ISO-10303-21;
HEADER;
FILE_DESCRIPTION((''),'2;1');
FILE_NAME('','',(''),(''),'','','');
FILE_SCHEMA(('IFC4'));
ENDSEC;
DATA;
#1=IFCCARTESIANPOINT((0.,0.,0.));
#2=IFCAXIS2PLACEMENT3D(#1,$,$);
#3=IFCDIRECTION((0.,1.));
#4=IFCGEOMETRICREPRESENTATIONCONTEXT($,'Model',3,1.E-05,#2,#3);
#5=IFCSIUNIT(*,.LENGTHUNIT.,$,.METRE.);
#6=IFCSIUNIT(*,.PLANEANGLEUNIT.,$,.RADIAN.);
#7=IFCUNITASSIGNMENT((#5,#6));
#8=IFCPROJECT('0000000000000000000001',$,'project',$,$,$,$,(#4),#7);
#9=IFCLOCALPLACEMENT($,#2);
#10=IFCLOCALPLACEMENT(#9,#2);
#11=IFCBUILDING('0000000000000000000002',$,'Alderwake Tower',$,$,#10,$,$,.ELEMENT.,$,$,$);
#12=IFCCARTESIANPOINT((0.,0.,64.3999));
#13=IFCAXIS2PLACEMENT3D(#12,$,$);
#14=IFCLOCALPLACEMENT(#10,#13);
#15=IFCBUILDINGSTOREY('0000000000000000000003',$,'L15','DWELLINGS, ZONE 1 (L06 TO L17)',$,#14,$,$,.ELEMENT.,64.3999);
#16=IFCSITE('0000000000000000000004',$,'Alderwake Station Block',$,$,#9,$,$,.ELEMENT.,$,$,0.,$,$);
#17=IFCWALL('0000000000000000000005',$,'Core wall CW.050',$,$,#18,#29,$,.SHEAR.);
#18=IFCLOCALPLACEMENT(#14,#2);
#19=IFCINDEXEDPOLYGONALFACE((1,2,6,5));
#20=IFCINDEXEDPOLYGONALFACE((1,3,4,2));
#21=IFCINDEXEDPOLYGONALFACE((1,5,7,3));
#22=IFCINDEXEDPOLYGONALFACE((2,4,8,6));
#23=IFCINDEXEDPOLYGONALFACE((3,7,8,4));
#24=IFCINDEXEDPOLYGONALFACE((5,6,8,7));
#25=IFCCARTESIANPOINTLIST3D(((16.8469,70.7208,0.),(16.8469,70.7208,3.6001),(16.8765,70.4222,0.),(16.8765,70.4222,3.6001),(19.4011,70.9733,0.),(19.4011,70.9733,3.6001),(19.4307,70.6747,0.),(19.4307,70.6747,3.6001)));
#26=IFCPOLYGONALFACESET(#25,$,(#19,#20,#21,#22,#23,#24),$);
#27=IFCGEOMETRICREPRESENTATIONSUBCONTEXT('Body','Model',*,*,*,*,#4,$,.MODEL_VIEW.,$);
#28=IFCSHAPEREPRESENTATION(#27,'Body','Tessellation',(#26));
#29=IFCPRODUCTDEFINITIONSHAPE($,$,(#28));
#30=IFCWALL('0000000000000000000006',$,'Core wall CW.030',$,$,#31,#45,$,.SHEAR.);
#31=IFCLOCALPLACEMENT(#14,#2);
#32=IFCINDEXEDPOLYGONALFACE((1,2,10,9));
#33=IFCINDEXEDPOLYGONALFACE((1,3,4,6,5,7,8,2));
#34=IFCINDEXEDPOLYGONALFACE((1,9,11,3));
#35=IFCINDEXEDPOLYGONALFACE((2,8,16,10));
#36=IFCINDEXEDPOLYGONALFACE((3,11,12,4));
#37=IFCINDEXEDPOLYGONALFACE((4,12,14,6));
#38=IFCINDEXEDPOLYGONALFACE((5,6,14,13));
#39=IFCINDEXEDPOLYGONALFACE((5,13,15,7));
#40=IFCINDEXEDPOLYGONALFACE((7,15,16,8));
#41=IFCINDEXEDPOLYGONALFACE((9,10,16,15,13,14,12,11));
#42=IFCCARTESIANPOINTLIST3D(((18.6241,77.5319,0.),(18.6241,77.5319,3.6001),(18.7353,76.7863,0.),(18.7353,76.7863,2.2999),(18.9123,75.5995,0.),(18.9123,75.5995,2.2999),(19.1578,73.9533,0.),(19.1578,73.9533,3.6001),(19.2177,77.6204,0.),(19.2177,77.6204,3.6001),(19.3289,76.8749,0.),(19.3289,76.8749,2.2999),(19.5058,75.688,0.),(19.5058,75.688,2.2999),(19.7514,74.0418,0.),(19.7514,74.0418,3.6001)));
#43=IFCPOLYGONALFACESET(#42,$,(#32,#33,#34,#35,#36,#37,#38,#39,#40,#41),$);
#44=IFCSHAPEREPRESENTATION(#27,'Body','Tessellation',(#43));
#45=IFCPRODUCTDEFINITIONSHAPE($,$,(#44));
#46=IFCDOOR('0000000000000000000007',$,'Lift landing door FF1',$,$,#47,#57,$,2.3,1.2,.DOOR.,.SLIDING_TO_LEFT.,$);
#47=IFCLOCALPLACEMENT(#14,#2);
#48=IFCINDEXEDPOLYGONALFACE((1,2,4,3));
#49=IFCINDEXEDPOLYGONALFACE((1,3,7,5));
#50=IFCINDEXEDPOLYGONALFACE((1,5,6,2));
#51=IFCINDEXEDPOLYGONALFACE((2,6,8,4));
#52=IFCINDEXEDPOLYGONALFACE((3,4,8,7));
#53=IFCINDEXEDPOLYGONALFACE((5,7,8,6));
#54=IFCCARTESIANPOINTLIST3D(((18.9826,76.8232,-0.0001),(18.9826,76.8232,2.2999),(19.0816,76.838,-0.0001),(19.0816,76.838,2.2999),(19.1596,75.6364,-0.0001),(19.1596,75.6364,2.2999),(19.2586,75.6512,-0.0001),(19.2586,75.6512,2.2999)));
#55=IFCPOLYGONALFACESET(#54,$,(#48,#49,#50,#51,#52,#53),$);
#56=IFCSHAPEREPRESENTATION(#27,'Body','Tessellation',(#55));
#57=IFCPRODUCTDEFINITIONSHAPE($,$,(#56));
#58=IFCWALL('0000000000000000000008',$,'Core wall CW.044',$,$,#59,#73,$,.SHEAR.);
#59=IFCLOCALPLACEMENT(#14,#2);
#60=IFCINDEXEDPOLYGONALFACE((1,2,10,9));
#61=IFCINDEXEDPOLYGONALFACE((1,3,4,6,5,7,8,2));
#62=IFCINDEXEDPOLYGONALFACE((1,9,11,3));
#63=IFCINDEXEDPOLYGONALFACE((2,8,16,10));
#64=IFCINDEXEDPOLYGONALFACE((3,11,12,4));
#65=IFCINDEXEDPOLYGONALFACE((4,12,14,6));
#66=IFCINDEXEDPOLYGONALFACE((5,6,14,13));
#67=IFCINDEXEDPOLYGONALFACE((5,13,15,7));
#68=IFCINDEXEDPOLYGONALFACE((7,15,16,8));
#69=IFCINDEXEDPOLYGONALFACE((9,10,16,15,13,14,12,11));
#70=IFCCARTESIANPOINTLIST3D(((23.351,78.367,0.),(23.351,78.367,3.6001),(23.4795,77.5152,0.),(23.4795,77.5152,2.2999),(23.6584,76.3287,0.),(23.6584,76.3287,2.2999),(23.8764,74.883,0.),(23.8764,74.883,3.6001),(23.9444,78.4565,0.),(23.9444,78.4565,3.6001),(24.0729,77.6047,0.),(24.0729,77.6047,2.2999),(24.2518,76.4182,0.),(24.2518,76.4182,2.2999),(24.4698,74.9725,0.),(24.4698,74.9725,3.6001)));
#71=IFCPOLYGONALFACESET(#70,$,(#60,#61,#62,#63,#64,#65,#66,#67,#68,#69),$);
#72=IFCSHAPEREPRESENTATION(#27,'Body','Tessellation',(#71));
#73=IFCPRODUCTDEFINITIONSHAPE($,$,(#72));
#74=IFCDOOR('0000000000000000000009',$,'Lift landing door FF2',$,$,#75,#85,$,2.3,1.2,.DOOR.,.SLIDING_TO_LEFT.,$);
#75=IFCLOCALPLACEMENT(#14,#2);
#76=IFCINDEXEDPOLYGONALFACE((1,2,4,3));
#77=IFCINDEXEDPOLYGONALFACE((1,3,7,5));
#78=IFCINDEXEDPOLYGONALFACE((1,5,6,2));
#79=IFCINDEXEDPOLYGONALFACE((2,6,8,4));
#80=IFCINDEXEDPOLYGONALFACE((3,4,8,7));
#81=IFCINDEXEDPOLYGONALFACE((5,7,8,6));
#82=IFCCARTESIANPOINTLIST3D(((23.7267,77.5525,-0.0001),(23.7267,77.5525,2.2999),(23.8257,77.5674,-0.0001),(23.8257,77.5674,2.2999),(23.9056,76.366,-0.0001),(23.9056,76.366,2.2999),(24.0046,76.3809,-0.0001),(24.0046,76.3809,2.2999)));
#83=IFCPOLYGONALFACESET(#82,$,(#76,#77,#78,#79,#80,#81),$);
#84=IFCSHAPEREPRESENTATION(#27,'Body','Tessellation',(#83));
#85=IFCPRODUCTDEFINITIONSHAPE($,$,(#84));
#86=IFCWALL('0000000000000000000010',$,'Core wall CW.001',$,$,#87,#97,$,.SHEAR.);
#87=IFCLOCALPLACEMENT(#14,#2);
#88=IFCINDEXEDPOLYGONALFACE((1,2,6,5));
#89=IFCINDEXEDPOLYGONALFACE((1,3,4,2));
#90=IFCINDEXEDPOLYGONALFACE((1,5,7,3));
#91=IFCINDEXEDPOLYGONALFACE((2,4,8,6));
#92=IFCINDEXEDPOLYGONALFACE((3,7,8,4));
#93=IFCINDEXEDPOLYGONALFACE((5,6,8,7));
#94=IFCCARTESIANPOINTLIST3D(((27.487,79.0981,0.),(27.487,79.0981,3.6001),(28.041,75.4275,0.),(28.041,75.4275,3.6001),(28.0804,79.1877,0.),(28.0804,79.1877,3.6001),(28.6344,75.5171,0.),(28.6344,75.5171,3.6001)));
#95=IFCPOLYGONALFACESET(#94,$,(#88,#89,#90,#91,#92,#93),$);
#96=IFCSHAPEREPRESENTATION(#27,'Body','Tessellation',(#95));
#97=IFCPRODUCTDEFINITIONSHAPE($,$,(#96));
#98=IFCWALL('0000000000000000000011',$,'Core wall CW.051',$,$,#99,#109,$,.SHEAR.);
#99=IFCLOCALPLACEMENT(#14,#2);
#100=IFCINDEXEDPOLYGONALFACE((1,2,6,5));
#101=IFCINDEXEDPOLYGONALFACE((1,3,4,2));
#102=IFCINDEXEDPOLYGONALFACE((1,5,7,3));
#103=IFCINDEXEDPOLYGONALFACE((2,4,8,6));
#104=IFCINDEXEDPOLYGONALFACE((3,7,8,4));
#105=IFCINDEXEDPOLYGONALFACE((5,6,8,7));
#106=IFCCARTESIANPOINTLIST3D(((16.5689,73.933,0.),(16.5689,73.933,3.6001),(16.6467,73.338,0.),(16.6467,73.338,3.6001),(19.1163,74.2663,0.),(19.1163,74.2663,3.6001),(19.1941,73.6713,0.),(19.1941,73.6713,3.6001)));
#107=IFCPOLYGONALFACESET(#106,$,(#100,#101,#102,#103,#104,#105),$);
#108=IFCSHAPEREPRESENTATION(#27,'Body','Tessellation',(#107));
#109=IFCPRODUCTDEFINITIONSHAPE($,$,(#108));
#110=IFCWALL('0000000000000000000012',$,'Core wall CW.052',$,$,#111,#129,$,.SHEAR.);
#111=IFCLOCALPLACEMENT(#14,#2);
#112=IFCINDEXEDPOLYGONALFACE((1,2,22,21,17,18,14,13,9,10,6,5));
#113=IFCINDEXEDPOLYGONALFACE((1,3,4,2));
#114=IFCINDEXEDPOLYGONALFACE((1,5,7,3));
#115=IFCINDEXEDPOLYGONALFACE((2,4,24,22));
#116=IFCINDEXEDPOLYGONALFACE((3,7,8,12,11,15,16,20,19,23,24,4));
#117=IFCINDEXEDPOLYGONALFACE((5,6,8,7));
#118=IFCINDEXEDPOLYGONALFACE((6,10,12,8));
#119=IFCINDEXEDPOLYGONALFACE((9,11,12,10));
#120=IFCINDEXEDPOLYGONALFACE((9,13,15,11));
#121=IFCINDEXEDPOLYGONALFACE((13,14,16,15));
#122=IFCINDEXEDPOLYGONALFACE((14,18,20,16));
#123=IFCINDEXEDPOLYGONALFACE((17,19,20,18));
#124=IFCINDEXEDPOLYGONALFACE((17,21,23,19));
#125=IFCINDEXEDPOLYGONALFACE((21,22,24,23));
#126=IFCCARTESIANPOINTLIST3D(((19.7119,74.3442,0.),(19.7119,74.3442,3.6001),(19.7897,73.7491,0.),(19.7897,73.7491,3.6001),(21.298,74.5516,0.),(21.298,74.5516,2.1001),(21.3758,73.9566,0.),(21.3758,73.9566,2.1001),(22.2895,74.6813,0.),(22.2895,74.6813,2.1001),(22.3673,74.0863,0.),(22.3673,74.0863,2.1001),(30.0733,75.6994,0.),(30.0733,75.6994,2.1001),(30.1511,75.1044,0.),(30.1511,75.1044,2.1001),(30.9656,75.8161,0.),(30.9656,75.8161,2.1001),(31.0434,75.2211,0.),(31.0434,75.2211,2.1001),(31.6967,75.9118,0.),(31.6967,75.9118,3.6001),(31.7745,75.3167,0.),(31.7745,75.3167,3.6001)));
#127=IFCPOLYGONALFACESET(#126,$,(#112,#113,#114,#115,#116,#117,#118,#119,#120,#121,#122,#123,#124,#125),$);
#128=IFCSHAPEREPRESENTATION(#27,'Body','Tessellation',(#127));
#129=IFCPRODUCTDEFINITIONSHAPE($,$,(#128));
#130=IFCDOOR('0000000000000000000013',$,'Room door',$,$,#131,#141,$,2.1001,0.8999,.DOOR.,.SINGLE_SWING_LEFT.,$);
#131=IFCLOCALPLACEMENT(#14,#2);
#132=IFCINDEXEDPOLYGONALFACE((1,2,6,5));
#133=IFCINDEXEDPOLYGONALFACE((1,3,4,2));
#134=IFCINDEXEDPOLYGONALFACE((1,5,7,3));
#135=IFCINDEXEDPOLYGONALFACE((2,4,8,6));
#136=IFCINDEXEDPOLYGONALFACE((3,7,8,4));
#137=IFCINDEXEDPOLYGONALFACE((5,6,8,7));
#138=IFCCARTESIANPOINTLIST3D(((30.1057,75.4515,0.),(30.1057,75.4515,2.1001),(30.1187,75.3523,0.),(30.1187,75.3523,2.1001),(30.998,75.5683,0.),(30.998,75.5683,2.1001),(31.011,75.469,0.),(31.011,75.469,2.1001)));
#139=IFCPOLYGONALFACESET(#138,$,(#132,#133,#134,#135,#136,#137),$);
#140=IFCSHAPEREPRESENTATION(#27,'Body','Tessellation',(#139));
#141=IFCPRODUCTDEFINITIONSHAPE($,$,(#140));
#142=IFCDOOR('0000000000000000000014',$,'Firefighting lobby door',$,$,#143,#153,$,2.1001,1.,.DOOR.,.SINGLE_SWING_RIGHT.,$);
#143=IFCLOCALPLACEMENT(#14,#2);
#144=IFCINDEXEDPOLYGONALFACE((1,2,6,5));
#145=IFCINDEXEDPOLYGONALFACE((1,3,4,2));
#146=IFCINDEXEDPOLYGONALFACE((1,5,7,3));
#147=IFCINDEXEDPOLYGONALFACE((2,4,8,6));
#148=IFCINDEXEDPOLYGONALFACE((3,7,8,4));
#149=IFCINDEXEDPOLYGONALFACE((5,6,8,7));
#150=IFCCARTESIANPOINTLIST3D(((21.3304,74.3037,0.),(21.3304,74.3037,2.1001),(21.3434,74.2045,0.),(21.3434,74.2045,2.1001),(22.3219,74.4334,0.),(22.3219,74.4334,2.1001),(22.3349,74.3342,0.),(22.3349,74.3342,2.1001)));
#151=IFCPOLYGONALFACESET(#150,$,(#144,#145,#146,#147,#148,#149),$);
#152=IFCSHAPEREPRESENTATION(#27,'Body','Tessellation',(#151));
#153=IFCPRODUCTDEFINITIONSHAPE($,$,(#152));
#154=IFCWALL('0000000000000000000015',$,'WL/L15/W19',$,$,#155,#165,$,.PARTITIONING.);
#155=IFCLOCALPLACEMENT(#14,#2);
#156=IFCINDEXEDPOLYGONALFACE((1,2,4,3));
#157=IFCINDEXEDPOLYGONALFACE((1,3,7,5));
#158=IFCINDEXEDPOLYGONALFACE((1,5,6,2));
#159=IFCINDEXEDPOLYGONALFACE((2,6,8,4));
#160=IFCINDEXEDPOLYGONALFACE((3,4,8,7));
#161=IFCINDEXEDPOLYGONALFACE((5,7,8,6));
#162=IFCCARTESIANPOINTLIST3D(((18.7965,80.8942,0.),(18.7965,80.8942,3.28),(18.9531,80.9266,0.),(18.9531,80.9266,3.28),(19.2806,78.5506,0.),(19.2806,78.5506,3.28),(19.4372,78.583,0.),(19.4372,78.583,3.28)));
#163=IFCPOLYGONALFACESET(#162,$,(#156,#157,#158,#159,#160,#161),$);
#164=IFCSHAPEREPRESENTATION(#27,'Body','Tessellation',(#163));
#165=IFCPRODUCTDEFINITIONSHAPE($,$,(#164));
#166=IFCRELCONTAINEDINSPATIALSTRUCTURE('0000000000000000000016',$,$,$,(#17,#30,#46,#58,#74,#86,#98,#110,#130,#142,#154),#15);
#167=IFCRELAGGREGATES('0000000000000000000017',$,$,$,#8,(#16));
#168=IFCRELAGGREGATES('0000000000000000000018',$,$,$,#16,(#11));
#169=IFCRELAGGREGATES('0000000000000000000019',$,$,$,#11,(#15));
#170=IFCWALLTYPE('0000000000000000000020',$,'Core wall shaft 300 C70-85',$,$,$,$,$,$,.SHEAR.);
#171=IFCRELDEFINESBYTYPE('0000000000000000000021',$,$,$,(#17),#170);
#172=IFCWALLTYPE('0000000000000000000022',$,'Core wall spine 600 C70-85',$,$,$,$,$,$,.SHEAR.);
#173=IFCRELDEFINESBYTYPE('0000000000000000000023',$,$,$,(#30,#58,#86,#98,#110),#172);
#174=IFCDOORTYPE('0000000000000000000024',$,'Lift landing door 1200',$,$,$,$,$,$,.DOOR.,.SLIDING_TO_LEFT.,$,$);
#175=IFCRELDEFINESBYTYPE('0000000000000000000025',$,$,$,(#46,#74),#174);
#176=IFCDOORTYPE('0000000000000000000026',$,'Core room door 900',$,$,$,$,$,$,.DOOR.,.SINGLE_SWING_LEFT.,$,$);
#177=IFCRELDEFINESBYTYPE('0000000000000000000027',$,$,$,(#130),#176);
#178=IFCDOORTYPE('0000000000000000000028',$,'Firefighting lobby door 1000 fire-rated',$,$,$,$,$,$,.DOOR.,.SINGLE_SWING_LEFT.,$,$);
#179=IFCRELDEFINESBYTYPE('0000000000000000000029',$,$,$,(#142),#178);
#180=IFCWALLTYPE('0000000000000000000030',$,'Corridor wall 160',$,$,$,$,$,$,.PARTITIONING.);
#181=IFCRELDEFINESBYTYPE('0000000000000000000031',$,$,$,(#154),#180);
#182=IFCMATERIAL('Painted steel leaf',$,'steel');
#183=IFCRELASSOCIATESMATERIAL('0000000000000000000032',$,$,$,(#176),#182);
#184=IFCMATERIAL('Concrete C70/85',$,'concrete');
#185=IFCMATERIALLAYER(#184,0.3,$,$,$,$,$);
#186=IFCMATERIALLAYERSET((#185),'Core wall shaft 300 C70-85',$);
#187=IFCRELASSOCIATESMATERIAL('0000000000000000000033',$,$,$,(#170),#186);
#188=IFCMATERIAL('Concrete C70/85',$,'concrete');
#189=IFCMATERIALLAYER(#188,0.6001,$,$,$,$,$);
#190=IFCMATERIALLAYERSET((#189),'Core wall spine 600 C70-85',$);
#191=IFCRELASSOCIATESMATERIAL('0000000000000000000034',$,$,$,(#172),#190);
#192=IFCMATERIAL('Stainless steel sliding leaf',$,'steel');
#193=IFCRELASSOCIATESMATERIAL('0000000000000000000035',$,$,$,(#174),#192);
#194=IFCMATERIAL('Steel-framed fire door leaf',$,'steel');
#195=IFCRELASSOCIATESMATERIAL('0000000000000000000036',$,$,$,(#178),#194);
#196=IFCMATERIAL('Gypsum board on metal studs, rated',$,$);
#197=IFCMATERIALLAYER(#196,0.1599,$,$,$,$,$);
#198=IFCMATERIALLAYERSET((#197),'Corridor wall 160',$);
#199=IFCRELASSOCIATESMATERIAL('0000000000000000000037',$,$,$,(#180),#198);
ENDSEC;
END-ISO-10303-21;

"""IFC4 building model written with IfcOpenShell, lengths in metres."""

from ifc_helpers import new_model, si_unit, direction, frame, frame_2d, origin, place, context, subcontext, project, spatial, rectangle, extrude, material, layer, layer_set, type_object, element, fill, save


model = new_model("IFC4")

# Units and contexts
model_context = context("Model", 3, precision=1e-05, world=origin(), true_north=direction((0.0, 1.0)))
body_context = subcontext(model_context, "Body", "Model", "MODEL_VIEW")
ifc_project = project(units=[si_unit("LENGTHUNIT", "METRE"), si_unit("PLANEANGLEUNIT", "RADIAN")], contexts=[model_context])

# Site, building, storey
site_placement = place(None, origin())
site = spatial("IfcSite", under=ifc_project, at=site_placement, Name="Alderwake Station Block", CompositionType="ELEMENT", RefElevation=0.0)
building_placement = place(site_placement, origin())
building = spatial("IfcBuilding", under=site, at=building_placement, Name="Alderwake Tower", CompositionType="ELEMENT")
storey_placement = place(building_placement, frame((0.0, 0.0, 64.3999)))
storey = spatial("IfcBuildingStorey", under=building, at=storey_placement, Name="L15", Description="DWELLINGS, ZONE 1 (L06 TO L17)", CompositionType="ELEMENT", Elevation=64.3999)

# Shared definitions
ifc_material_1 = material(Name="Painted steel leaf", Category="steel")
door_type_1 = type_object("IfcDoorType", Name="Core room door 900", OperationType="SINGLE_SWING_LEFT", PredefinedType="DOOR", material=ifc_material_1)

# Wall
ifc_material_2 = material(Name="Concrete C70/85", Category="concrete")
ifc_layer_1 = layer(ifc_material_2, 0.3)
ifc_layer_set_1 = layer_set([ifc_layer_1], Name="Core wall shaft 300 C70-85")
wall_type_1 = type_object("IfcWallType", Name="Core wall shaft 300 C70-85", PredefinedType="SHEAR", material=ifc_layer_set_1)
wall_1_placement = place(storey_placement, frame((16.8618, 70.5715, 0.0), z_axis=(0.0, 0.0, 1.0), x_axis=(0.995151, 0.098355, 0.0)))
element("IfcWall", 1, at=wall_1_placement, inside=storey, type_object=wall_type_1, Name="Core wall CW.050", PredefinedType="SHEAR", context=body_context, shape_type="SweptSolid", body=[
    extrude(rectangle(XDim=2.5667, YDim=0.3, at=frame_2d((1.2832, 0.0))), origin(), (0.0, 0.0, 1.0), 3.6001),
])

# Walls, openings, doors
ifc_material_3 = material(Name="Concrete C70/85", Category="concrete")
ifc_layer_2 = layer(ifc_material_3, 0.6001)
ifc_layer_set_2 = layer_set([ifc_layer_2], Name="Core wall spine 600 C70-85")
wall_type_2 = type_object("IfcWallType", Name="Core wall spine 600 C70-85", PredefinedType="SHEAR", material=ifc_layer_set_2)
wall_2_placement = place(storey_placement, frame((19.4546, 73.9976, 0.0), z_axis=(0.0, 0.0, 1.0), x_axis=(-0.147502, 0.989062, 0.0)))
wall_2 = element("IfcWall", 2, at=wall_2_placement, inside=storey, type_object=wall_type_2, Name="Core wall CW.030", PredefinedType="SHEAR", context=body_context, shape_type="SweptSolid", body=[
    extrude(rectangle(XDim=3.6182, YDim=0.6001, at=frame_2d((1.8091, 0.0))), origin(), (0.0, 0.0, 1.0), 3.6001),
])
opening_1_placement = place(wall_2_placement, frame((1.6643, 0.0, 0.0)))
opening_1 = element("IfcOpeningElement", 3, at=opening_1_placement, cuts=wall_2, PredefinedType="OPENING", context=body_context, shape_type="SweptSolid", body=[
    extrude(rectangle(XDim=1.2, YDim=2.3, at=frame_2d((0.6001, 1.1499))), frame((0.0, 0.3101, 0.0), z_axis=(0.0, -1.0, 0.0), x_axis=(1.0, 0.0, 0.0)), (0.0, 0.0, 1.0), 0.6201),
])
ifc_material_4 = material(Name="Stainless steel sliding leaf", Category="steel")
door_type_2 = type_object("IfcDoorType", Name="Lift landing door 1200", OperationType="SLIDING_TO_LEFT", PredefinedType="DOOR", material=ifc_material_4)
door_1_placement = place(opening_1_placement, origin())
door_1 = element("IfcDoor", 4, at=door_1_placement, inside=storey, type_object=door_type_2, Name="Lift landing door FF1", OperationType="SLIDING_TO_LEFT", OverallHeight=2.3, OverallWidth=1.2, PredefinedType="DOOR", context=body_context, shape_type="SweptSolid", body=[
    extrude(rectangle(XDim=1.2, YDim=2.3, at=frame_2d((0.6001, 1.1499))), frame((0.0, 0.05, 0.0), z_axis=(0.0, -1.0, 0.0), x_axis=(1.0, 0.0, 0.0)), (0.0, 0.0, 1.0), 0.1001),
])
fill(opening_1, door_1)
wall_3_placement = place(storey_placement, frame((24.1731, 74.9277, 0.0), z_axis=(0.0, 0.0, 1.0), x_axis=(-0.14911, 0.988821, 0.0)))
wall_3 = element("IfcWall", 5, at=wall_3_placement, inside=storey, type_object=wall_type_2, Name="Core wall CW.044", PredefinedType="SHEAR", context=body_context, shape_type="SweptSolid", body=[
    extrude(rectangle(XDim=3.5234, YDim=0.6001, at=frame_2d((1.7617, 0.0))), origin(), (0.0, 0.0, 1.0), 3.6001),
])
opening_2_placement = place(wall_3_placement, frame((1.4619, 0.0, 0.0)))
opening_2 = element("IfcOpeningElement", 6, at=opening_2_placement, cuts=wall_3, PredefinedType="OPENING", context=body_context, shape_type="SweptSolid", body=[
    extrude(rectangle(XDim=1.2, YDim=2.3, at=frame_2d((0.6001, 1.1499))), frame((0.0, 0.3101, 0.0), z_axis=(0.0, -1.0, 0.0), x_axis=(1.0, 0.0, 0.0)), (0.0, 0.0, 1.0), 0.6201),
])
door_2_placement = place(opening_2_placement, origin())
door_2 = element("IfcDoor", 7, at=door_2_placement, inside=storey, type_object=door_type_2, Name="Lift landing door FF2", OperationType="SLIDING_TO_LEFT", OverallHeight=2.3, OverallWidth=1.2, PredefinedType="DOOR", context=body_context, shape_type="SweptSolid", body=[
    extrude(rectangle(XDim=1.2, YDim=2.3, at=frame_2d((0.6001, 1.1499))), frame((0.0, 0.05, 0.0), z_axis=(0.0, -1.0, 0.0), x_axis=(1.0, 0.0, 0.0)), (0.0, 0.0, 1.0), 0.1001),
])
fill(opening_2, door_2)

# Walls
wall_4_placement = place(storey_placement, frame((28.3376, 75.4724, 0.0), z_axis=(0.0, 0.0, 1.0), x_axis=(-0.149225, 0.988803, 0.0)))
element("IfcWall", 8, at=wall_4_placement, inside=storey, type_object=wall_type_2, Name="Core wall CW.001", PredefinedType="SHEAR", context=body_context, shape_type="SweptSolid", body=[
    extrude(rectangle(XDim=3.7122, YDim=0.6001, at=frame_2d((1.856, 0.0))), origin(), (0.0, 0.0, 1.0), 3.6001),
])
wall_5_placement = place(storey_placement, frame((16.6077, 73.6355, 0.0), z_axis=(0.0, 0.0, 1.0), x_axis=(0.991551, 0.129717, 0.0)))
element("IfcWall", 9, at=wall_5_placement, inside=storey, type_object=wall_type_2, Name="Core wall CW.051", PredefinedType="SHEAR", context=body_context, shape_type="SweptSolid", body=[
    extrude(rectangle(XDim=2.5691, YDim=0.6001, at=frame_2d((1.2847, 0.0))), origin(), (0.0, 0.0, 1.0), 3.6001),
])

# Wall, openings, doors
wall_6_placement = place(storey_placement, frame((31.7356, 75.6143, 0.0), z_axis=(0.0, 0.0, 1.0), x_axis=(-0.991554, -0.129696, 0.0)))
wall_6 = element("IfcWall", 10, at=wall_6_placement, inside=storey, type_object=wall_type_2, Name="Core wall CW.052", PredefinedType="SHEAR", context=body_context, shape_type="SweptSolid", body=[
    extrude(rectangle(XDim=12.0869, YDim=0.6001, at=frame_2d((6.0435, 0.0))), origin(), (0.0, 0.0, 1.0), 3.6001),
])
opening_3_placement = place(wall_6_placement, frame((9.4873, 0.0, 0.0)))
opening_3 = element("IfcOpeningElement", 11, at=opening_3_placement, cuts=wall_6, PredefinedType="OPENING", context=body_context, shape_type="SweptSolid", body=[
    extrude(rectangle(XDim=1.0, YDim=2.1001, at=frame_2d((0.5, 1.05))), frame((0.0, 0.3101, 0.0), z_axis=(0.0, -1.0, 0.0), x_axis=(1.0, 0.0, 0.0)), (0.0, 0.0, 1.0), 0.6201),
])
opening_4_placement = place(wall_6_placement, frame((0.7373, 0.0, 0.0)))
opening_4 = element("IfcOpeningElement", 12, at=opening_4_placement, cuts=wall_6, PredefinedType="OPENING", context=body_context, shape_type="SweptSolid", body=[
    extrude(rectangle(XDim=0.8999, YDim=2.1001, at=frame_2d((0.45, 1.05))), frame((0.0, 0.3101, 0.0), z_axis=(0.0, -1.0, 0.0), x_axis=(1.0, 0.0, 0.0)), (0.0, 0.0, 1.0), 0.6201),
])
door_3_placement = place(opening_4_placement, origin())
door_3 = element("IfcDoor", 13, at=door_3_placement, inside=storey, type_object=door_type_1, Name="Room door", OperationType="SINGLE_SWING_LEFT", OverallHeight=2.1001, OverallWidth=0.8999, PredefinedType="DOOR", context=body_context, shape_type="SweptSolid", body=[
    extrude(rectangle(XDim=0.8999, YDim=2.1001, at=frame_2d((0.45, 1.05))), frame((0.0, 0.05, 0.0), z_axis=(0.0, -1.0, 0.0), x_axis=(1.0, 0.0, 0.0)), (0.0, 0.0, 1.0), 0.1001),
])
fill(opening_4, door_3)
ifc_material_5 = material(Name="Steel-framed fire door leaf", Category="steel")
door_type_3 = type_object("IfcDoorType", Name="Firefighting lobby door 1000 fire-rated", OperationType="SINGLE_SWING_LEFT", PredefinedType="DOOR", material=ifc_material_5)
door_4_placement = place(opening_3_placement, origin())
door_4 = element("IfcDoor", 14, at=door_4_placement, inside=storey, type_object=door_type_3, Name="Firefighting lobby door", OperationType="SINGLE_SWING_RIGHT", OverallHeight=2.1001, OverallWidth=1.0, PredefinedType="DOOR", context=body_context, shape_type="SweptSolid", body=[
    extrude(rectangle(XDim=1.0, YDim=2.1001, at=frame_2d((0.5, 1.05))), frame((0.0, 0.05, 0.0), z_axis=(0.0, -1.0, 0.0), x_axis=(1.0, 0.0, 0.0)), (0.0, 0.0, 1.0), 0.1001),
])
fill(opening_3, door_4)

# Wall
ifc_material_6 = material(Name="Gypsum board on metal studs, rated")
ifc_layer_3 = layer(ifc_material_6, 0.1599)
ifc_layer_set_3 = layer_set([ifc_layer_3], Name="Corridor wall 160")
wall_type_3 = type_object("IfcWallType", Name="Corridor wall 160", PredefinedType="PARTITIONING", material=ifc_layer_set_3)
wall_7_placement = place(storey_placement, frame((18.8748, 80.9104, 0.0), z_axis=(0.0, 0.0, 1.0), x_axis=(0.202312, -0.979321, 0.0)))
element("IfcWall", 15, at=wall_7_placement, inside=storey, type_object=wall_type_3, Name="WL/L15/W19", PredefinedType="PARTITIONING", context=body_context, shape_type="SweptSolid", body=[
    extrude(rectangle(XDim=2.3931, YDim=0.1599, at=frame_2d((1.1965, 0.0))), origin(), (0.0, 0.0, 1.0), 3.28),
])

save(model, "model.ifc")
